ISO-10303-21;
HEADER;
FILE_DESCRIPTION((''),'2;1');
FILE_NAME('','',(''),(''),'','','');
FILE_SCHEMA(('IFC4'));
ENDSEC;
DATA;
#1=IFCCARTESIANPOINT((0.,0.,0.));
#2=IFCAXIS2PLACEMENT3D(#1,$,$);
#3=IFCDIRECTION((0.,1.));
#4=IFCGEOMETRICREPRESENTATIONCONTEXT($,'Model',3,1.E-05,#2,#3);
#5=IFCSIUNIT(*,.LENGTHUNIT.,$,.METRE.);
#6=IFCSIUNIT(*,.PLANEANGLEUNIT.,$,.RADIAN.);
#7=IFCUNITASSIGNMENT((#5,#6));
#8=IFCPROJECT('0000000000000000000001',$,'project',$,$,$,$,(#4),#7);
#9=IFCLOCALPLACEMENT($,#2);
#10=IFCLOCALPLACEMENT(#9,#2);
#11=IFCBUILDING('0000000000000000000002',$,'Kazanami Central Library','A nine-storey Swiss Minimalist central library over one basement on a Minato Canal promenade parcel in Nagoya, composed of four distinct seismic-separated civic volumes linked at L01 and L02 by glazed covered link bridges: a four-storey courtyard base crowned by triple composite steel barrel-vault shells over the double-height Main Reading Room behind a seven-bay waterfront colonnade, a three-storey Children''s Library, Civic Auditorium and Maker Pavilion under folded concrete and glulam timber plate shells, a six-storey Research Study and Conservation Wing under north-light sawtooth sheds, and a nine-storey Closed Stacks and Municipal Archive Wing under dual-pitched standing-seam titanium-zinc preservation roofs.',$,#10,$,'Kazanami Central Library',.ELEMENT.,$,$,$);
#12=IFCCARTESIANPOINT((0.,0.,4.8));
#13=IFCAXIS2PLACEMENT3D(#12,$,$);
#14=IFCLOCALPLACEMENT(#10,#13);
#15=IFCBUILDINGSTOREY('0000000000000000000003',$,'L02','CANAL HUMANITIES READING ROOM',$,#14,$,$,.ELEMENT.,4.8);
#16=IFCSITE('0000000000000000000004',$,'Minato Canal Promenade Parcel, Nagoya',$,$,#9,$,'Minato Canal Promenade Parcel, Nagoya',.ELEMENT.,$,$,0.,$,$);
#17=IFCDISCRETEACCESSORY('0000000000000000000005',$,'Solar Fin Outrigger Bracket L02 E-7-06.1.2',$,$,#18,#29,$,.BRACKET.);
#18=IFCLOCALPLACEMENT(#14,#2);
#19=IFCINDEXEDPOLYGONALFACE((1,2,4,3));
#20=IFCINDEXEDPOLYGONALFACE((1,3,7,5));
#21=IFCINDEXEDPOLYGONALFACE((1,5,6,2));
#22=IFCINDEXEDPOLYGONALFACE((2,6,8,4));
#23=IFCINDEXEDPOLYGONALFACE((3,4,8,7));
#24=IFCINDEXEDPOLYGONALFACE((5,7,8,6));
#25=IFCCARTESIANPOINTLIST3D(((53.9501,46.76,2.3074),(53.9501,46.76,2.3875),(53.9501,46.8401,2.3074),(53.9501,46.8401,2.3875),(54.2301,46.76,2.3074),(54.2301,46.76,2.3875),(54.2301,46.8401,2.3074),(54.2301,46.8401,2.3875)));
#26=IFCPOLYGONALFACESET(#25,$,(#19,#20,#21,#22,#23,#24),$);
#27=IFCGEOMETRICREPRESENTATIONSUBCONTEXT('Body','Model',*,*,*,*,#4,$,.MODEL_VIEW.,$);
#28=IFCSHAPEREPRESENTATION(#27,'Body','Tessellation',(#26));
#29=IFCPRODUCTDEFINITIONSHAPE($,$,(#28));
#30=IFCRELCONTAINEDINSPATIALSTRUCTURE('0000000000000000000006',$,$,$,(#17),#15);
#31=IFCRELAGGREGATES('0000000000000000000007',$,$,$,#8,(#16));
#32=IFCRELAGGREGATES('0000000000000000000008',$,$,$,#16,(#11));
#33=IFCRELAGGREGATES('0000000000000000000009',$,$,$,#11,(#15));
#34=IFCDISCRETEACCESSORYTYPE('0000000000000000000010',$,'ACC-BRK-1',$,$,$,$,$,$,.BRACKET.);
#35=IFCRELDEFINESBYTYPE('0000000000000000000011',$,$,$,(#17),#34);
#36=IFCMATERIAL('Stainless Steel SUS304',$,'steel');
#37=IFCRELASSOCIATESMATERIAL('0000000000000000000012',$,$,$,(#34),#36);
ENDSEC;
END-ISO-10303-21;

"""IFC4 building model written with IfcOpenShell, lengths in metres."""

from ifc_helpers import new_model, si_unit, direction, frame, origin, origin_2d, place, context, subcontext, project, spatial, rectangle, extrude, material, type_object, element, save


model = new_model("IFC4")

# Units and contexts
model_context = context("Model", 3, precision=1e-05, world=origin(), true_north=direction((0.0, 1.0)))
body_context = subcontext(model_context, "Body", "Model", "MODEL_VIEW")
ifc_project = project(units=[si_unit("LENGTHUNIT", "METRE"), si_unit("PLANEANGLEUNIT", "RADIAN")], contexts=[model_context])

# Site, building, storey
site_placement = place(None, origin())
site = spatial("IfcSite", under=ifc_project, at=site_placement, Name="Minato Canal Promenade Parcel, Nagoya", LongName="Minato Canal Promenade Parcel, Nagoya", CompositionType="ELEMENT", RefElevation=0.0)
building_placement = place(site_placement, origin())
building = spatial("IfcBuilding", under=site, at=building_placement, Name="Kazanami Central Library", Description="A nine-storey Swiss Minimalist central library over one basement on a Minato Canal promenade parcel in Nagoya, composed of four distinct seismic-separated civic volumes linked at L01 and L02 by glazed covered link bridges: a four-storey courtyard base crowned by triple composite steel barrel-vault shells over the double-height Main Reading Room behind a seven-bay waterfront colonnade, a three-storey Children's Library, Civic Auditorium and Maker Pavilion under folded concrete and glulam timber plate shells, a six-storey Research Study and Conservation Wing under north-light sawtooth sheds, and a nine-storey Closed Stacks and Municipal Archive Wing under dual-pitched standing-seam titanium-zinc preservation roofs.", LongName="Kazanami Central Library", CompositionType="ELEMENT")
storey_placement = place(building_placement, frame((0.0, 0.0, 4.8)))
storey = spatial("IfcBuildingStorey", under=building, at=storey_placement, Name="L02", Description="CANAL HUMANITIES READING ROOM", CompositionType="ELEMENT", Elevation=4.8)

# Discrete accessory
ifc_material_1 = material(Name="Stainless Steel SUS304", Category="steel")
discrete_accessory_type = type_object("IfcDiscreteAccessoryType", Name="ACC-BRK-1", PredefinedType="BRACKET", material=ifc_material_1)
for number, where, z_axis, x_axis, name in (
    (1, (54.0901, 46.8, 2.3074), (0.0, 0.0, 1.0), (0.0, -1.0, 0.0), "Solar Fin Outrigger Bracket L02 E-7-06.1.2"),
):
    element("IfcDiscreteAccessory", number, at=place(storey_placement, frame(where, z_axis=z_axis, x_axis=x_axis)), inside=storey, type_object=discrete_accessory_type, Name=name, PredefinedType="BRACKET", context=body_context, shape_type="SweptSolid", body=[
        extrude(rectangle(XDim=0.0801, YDim=0.28, at=origin_2d()), origin(), (0.0, 0.0, 1.0), 0.0801),
    ])

save(model, "model.ifc")
